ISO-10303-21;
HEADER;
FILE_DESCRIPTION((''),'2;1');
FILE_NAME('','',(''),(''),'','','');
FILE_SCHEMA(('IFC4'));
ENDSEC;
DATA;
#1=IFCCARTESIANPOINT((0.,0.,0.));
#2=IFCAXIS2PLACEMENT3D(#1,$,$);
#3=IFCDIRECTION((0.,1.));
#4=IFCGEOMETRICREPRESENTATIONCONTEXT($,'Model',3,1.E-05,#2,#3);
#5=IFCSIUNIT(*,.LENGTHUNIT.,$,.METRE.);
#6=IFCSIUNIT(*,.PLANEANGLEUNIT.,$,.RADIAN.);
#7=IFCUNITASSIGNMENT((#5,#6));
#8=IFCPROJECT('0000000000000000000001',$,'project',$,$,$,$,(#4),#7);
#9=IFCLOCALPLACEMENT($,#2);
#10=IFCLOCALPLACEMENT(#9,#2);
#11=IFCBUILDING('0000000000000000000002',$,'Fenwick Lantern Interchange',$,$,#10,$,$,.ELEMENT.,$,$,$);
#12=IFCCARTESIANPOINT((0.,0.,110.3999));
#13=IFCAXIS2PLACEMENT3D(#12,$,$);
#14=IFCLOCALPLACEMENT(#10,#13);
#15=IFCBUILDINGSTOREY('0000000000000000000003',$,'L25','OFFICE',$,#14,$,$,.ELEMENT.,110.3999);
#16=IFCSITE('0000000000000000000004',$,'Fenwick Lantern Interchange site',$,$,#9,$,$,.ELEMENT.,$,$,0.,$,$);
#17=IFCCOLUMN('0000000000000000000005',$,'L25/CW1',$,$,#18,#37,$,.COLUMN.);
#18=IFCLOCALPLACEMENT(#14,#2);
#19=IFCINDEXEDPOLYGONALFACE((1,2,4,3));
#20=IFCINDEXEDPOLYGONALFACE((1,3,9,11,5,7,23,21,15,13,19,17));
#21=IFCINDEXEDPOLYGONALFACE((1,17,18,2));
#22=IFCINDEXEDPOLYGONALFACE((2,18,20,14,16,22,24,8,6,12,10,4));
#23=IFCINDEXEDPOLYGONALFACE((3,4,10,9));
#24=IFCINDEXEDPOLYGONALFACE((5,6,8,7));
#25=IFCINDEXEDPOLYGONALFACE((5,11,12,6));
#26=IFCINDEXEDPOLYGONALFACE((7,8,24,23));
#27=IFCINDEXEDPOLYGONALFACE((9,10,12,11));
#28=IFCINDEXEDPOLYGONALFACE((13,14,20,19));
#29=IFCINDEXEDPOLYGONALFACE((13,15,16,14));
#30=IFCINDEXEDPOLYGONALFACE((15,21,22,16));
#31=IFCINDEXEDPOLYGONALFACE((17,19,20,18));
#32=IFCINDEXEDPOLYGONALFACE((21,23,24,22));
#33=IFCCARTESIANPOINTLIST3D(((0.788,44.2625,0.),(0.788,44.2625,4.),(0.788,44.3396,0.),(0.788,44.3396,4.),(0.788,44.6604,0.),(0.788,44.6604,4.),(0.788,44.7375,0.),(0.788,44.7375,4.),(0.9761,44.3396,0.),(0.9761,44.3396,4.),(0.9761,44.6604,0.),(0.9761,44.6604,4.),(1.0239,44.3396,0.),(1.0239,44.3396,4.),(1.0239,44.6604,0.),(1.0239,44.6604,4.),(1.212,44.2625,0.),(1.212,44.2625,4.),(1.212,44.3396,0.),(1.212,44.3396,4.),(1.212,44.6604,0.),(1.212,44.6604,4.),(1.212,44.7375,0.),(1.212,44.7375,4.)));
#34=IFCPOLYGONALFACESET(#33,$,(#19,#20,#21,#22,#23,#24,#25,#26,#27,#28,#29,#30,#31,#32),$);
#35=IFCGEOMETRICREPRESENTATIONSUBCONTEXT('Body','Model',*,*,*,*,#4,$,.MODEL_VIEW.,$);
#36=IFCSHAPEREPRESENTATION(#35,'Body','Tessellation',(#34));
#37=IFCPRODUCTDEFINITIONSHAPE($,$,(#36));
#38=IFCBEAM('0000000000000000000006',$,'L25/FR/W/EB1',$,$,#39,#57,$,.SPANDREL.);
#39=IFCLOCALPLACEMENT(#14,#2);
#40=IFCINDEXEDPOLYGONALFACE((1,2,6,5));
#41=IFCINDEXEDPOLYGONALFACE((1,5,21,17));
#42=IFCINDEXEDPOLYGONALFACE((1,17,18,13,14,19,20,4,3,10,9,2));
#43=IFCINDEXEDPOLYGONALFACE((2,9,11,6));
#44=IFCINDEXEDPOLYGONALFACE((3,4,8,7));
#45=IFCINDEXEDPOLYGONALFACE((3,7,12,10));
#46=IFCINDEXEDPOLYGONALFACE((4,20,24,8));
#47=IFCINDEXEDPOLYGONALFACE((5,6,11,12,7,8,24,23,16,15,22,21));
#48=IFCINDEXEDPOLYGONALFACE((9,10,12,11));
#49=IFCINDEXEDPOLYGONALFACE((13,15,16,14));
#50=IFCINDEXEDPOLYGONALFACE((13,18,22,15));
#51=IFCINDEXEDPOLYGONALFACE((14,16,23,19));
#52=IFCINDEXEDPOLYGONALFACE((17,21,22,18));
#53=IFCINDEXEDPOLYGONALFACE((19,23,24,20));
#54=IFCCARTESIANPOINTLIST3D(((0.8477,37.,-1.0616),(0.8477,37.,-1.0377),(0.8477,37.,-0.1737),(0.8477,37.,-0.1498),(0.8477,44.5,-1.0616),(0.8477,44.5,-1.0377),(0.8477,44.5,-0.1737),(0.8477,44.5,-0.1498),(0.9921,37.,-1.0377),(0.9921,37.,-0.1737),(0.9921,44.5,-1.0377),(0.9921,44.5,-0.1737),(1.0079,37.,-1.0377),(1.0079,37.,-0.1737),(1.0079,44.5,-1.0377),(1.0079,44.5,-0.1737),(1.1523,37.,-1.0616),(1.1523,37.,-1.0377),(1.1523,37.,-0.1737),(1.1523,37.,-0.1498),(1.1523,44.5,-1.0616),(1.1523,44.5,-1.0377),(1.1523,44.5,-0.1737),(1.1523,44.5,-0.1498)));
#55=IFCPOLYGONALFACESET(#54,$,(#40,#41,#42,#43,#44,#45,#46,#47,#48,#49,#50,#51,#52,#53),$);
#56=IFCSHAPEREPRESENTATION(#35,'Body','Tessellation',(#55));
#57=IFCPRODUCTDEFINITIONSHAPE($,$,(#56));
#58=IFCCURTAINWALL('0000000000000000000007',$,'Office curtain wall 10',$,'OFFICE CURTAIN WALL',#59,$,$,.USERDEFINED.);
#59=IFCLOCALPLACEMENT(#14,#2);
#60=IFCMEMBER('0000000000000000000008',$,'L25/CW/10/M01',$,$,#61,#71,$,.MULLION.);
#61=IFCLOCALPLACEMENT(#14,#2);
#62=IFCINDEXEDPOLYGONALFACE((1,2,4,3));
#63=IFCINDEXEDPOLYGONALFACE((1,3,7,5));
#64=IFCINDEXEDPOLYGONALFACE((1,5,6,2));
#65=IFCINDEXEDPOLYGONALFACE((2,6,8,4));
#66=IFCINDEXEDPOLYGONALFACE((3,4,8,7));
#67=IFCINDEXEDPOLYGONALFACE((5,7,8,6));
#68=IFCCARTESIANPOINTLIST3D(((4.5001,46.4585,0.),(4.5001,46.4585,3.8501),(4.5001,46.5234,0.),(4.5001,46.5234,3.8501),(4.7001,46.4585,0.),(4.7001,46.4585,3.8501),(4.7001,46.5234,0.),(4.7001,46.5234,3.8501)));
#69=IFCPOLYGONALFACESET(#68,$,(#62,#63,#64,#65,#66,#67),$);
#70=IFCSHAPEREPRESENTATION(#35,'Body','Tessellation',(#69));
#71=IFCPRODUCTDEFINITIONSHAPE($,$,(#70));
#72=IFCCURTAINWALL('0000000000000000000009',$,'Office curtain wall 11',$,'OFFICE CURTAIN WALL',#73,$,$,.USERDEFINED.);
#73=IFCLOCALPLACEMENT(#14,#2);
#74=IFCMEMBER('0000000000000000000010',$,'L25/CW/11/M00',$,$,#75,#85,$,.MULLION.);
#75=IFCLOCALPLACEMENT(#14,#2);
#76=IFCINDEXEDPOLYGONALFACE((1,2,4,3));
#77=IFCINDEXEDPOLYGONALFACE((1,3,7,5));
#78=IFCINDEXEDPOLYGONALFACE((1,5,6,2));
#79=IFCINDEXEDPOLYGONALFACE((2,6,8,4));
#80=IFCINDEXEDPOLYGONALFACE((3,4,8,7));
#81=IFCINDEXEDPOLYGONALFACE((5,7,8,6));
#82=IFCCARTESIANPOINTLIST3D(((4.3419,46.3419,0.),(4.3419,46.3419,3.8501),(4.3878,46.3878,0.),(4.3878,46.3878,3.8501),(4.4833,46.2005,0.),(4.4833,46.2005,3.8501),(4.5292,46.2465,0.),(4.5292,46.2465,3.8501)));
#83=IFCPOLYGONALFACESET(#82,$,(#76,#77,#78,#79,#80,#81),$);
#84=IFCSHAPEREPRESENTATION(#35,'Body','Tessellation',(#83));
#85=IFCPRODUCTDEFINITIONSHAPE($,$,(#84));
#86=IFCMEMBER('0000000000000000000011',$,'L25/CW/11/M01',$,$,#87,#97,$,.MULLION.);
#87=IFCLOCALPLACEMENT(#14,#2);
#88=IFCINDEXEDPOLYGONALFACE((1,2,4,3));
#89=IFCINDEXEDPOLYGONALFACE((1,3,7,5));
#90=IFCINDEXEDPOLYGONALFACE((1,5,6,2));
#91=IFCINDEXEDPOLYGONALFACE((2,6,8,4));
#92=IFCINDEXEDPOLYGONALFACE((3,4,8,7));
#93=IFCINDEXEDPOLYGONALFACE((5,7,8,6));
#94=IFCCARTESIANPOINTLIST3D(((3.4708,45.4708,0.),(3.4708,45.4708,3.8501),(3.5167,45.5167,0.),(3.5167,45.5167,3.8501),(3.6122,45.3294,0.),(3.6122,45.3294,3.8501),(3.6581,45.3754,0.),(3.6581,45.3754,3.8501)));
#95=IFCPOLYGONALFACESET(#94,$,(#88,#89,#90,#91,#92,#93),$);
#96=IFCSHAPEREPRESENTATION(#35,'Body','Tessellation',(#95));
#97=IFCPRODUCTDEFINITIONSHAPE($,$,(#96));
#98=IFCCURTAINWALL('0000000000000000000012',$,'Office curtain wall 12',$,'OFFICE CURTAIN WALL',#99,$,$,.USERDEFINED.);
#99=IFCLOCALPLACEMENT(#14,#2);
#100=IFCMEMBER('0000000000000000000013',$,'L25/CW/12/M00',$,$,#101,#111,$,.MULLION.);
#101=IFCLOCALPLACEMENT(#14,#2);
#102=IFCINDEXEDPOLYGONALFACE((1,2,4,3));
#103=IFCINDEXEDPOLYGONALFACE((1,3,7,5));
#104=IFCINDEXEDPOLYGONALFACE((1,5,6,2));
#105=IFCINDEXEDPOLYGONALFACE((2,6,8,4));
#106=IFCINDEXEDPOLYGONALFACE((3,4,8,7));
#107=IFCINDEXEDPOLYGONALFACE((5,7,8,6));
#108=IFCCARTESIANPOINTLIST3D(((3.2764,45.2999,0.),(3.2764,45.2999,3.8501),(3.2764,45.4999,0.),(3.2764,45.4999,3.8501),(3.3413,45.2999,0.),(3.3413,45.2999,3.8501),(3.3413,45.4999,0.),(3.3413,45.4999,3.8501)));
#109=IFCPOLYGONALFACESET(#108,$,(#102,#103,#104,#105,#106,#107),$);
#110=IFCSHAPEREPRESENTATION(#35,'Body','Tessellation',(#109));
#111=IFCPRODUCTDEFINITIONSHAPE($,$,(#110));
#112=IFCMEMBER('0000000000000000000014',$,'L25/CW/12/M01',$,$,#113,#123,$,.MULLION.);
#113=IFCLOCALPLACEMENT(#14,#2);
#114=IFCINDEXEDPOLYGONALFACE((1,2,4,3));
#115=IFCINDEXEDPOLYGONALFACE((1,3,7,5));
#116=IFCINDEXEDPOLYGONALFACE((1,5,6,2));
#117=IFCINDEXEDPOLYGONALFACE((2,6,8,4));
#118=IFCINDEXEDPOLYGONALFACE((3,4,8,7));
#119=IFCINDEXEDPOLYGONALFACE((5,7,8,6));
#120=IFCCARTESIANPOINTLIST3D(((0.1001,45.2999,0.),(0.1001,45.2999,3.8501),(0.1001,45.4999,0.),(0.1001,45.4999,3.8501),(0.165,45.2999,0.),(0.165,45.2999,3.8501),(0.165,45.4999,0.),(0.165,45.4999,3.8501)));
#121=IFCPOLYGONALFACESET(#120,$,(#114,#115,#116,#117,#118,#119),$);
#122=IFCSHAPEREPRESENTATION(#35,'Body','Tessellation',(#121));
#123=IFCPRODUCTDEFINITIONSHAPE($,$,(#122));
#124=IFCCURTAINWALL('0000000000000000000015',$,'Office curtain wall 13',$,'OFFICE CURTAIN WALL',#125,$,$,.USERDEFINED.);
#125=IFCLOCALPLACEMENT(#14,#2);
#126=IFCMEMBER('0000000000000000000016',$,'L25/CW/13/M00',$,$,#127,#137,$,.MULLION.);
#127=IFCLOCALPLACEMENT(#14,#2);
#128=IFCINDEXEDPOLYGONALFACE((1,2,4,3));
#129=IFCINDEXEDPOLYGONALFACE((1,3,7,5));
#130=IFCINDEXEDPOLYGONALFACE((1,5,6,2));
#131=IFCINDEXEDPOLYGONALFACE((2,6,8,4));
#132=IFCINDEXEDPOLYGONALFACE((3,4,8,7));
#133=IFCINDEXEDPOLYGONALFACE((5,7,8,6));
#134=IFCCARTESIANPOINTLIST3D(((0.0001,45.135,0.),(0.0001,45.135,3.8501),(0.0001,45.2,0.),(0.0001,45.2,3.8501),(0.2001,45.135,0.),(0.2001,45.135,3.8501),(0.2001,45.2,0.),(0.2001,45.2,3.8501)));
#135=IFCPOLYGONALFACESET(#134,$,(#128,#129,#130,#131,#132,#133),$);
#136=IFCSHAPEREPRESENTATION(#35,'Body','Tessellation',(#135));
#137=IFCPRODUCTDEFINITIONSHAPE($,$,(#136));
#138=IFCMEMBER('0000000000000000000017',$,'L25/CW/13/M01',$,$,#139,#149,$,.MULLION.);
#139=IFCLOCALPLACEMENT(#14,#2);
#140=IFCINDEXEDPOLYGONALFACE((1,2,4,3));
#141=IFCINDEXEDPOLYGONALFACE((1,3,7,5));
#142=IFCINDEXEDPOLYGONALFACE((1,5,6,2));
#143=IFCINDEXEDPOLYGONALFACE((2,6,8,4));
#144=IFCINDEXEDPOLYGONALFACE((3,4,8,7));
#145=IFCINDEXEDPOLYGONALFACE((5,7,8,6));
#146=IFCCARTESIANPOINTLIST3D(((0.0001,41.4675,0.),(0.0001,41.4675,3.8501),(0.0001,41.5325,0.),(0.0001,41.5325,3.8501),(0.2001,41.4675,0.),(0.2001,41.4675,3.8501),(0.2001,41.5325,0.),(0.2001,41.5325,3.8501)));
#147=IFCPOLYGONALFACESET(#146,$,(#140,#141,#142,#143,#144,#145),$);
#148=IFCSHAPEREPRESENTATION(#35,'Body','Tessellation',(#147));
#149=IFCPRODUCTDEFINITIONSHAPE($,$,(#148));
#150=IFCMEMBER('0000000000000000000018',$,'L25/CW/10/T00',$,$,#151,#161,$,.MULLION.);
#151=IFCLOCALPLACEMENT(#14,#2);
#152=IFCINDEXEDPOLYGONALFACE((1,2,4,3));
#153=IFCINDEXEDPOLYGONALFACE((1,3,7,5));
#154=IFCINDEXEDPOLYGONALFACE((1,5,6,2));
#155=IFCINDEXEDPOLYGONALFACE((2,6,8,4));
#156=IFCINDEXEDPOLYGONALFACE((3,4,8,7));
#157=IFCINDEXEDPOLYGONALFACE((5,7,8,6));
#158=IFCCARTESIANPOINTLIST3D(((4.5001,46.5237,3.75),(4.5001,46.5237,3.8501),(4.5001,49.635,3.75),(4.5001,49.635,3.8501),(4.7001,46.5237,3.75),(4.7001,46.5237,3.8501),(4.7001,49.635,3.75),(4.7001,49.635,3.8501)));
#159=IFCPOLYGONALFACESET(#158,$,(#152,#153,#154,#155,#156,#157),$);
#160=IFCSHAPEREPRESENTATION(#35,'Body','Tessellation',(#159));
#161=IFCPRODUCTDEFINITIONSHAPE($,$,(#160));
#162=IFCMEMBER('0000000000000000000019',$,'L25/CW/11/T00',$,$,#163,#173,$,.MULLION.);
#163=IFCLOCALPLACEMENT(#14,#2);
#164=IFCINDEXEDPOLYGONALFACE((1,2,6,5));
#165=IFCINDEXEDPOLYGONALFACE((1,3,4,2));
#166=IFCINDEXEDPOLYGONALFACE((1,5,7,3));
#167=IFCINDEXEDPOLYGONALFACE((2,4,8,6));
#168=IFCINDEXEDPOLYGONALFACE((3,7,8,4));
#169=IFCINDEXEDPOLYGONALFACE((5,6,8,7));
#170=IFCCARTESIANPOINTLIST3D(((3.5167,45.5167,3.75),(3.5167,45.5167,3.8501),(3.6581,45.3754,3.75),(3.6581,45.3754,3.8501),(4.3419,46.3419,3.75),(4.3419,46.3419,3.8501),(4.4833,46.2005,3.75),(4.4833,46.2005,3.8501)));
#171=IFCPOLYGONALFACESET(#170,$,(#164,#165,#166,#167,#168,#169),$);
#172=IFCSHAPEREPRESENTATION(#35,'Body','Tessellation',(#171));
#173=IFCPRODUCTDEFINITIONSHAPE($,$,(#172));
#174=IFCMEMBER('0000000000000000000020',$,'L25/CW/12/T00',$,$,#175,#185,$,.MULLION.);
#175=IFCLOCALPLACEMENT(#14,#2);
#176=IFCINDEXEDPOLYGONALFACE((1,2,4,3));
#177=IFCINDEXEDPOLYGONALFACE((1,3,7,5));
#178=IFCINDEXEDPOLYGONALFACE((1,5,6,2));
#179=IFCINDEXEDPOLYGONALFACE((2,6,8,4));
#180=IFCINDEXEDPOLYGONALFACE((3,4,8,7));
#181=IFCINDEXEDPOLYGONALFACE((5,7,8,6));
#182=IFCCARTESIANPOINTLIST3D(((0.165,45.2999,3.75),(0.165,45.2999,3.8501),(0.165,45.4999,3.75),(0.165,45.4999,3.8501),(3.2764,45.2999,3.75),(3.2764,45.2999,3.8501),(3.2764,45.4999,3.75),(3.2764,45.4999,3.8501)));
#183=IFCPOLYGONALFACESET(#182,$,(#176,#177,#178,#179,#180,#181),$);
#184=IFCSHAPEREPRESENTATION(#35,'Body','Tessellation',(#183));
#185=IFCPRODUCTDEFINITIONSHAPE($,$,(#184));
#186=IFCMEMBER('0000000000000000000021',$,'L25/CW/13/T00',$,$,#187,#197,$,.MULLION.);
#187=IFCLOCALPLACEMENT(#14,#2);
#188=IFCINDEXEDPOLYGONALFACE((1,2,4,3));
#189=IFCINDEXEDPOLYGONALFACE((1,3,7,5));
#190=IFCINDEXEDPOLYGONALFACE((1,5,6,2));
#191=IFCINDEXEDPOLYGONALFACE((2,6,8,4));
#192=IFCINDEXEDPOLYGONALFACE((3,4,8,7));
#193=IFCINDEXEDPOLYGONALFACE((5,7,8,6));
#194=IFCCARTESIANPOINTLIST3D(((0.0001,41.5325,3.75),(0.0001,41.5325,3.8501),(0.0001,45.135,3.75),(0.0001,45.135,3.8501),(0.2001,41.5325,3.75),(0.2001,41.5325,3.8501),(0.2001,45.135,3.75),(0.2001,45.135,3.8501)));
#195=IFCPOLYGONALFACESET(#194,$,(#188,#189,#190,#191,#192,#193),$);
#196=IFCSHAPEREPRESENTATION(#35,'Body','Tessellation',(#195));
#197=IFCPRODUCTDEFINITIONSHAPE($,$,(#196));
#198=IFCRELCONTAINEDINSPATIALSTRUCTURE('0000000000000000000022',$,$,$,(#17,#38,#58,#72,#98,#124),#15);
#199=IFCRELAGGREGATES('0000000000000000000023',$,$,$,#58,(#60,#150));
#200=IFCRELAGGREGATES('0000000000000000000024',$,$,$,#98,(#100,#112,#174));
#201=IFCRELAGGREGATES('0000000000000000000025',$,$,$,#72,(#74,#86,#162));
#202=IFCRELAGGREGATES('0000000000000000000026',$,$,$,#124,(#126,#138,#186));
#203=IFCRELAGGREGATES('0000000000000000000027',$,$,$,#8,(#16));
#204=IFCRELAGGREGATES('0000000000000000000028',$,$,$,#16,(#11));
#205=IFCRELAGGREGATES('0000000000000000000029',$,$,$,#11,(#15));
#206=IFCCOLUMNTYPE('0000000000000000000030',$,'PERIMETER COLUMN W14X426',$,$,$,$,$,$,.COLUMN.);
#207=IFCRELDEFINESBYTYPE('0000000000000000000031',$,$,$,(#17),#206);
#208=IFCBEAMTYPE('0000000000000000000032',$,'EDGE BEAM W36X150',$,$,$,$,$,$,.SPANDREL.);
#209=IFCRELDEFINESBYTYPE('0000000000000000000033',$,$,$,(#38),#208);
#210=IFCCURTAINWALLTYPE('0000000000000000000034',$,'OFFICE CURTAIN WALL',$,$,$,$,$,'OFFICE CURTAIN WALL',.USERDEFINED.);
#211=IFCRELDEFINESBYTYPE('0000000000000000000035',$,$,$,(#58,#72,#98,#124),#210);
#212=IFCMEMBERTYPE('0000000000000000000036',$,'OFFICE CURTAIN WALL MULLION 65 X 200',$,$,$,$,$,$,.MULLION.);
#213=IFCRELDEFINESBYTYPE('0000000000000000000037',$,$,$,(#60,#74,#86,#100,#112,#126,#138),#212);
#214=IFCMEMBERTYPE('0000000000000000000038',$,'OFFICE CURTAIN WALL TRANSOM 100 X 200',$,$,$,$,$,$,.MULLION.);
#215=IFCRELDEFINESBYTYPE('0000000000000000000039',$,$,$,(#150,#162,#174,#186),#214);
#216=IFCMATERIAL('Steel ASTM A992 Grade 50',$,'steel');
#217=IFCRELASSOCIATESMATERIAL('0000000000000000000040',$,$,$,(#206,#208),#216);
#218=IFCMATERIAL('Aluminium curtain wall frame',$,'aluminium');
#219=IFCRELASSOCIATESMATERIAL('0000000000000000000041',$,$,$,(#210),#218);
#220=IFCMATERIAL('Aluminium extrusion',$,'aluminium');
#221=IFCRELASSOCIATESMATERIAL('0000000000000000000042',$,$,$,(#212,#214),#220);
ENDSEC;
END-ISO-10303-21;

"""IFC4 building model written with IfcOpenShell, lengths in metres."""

from ifc_helpers import new_model, si_unit, direction, frame, origin, origin_2d, place, context, subcontext, project, spatial, rectangle, i_section, extrude, material, material_profile, profile_set, type_object, element, aggregate, save


model = new_model("IFC4")

# Units and contexts
model_context = context("Model", 3, precision=1e-05, world=origin(), true_north=direction((0.0, 1.0)))
body_context = subcontext(model_context, "Body", "Model", "MODEL_VIEW")
ifc_project = project(units=[si_unit("LENGTHUNIT", "METRE"), si_unit("PLANEANGLEUNIT", "RADIAN")], contexts=[model_context])

# Site, building, storey
site_placement = place(None, origin())
site = spatial("IfcSite", under=ifc_project, at=site_placement, Name="Fenwick Lantern Interchange site", CompositionType="ELEMENT", RefElevation=0.0)
building_placement = place(site_placement, origin())
building = spatial("IfcBuilding", under=site, at=building_placement, Name="Fenwick Lantern Interchange", CompositionType="ELEMENT")
storey_placement = place(building_placement, frame((0.0, 0.0, 110.3999)))
storey = spatial("IfcBuildingStorey", under=building, at=storey_placement, Name="L25", Description="OFFICE", CompositionType="ELEMENT", Elevation=110.3999)

# Column
ifc_material_1 = material(Name="Steel ASTM A992 Grade 50", Category="steel")
ifc_material_profile_1 = material_profile(ifc_material_1, i_section(OverallWidth=0.4241, OverallDepth=0.4751, WebThickness=0.0479, FlangeThickness=0.0771, at=origin_2d()), Name="W14X426")
ifc_profile_set_1 = profile_set([ifc_material_profile_1], Name="Steel ASTM A992 Grade 50")
column_type = type_object("IfcColumnType", Name="PERIMETER COLUMN W14X426", PredefinedType="COLUMN", material=ifc_profile_set_1)
column_placement = place(storey_placement, frame((1.0, 44.5, 0.0), z_axis=(0.0, 0.0, 1.0), x_axis=(1.0, 0.0, 0.0)))
element("IfcColumn", 1, at=column_placement, inside=storey, type_object=column_type, Name="L25/CW1", PredefinedType="COLUMN", context=body_context, shape_type="SweptSolid", body=[
    extrude(i_section(OverallWidth=0.4241, OverallDepth=0.4751, WebThickness=0.0479, FlangeThickness=0.0771, at=origin_2d()), origin(), (0.0, 0.0, 1.0), 4.0),
])

# Beam
ifc_material_profile_2 = material_profile(ifc_material_1, i_section(OverallWidth=0.3047, OverallDepth=0.9119, WebThickness=0.0159, FlangeThickness=0.0239, at=origin_2d()), Name="W36X150")
ifc_profile_set_2 = profile_set([ifc_material_profile_2], Name="Steel ASTM A992 Grade 50")
beam_type = type_object("IfcBeamType", Name="EDGE BEAM W36X150", PredefinedType="SPANDREL", material=ifc_profile_set_2)
beam_placement = place(storey_placement, frame((1.0, 44.5, -0.6057), z_axis=(0.0, -1.0, 0.0), x_axis=(1.0, 0.0, 0.0)))
element("IfcBeam", 2, at=beam_placement, inside=storey, type_object=beam_type, Name="L25/FR/W/EB1", PredefinedType="SPANDREL", context=body_context, shape_type="SweptSolid", body=[
    extrude(i_section(OverallWidth=0.3047, OverallDepth=0.9119, WebThickness=0.0159, FlangeThickness=0.0239, at=origin_2d()), origin(), (0.0, 0.0, 1.0), 7.5),
])

# Curtain wall, member
ifc_material_2 = material(Name="Aluminium curtain wall frame", Category="aluminium")
curtain_wall_type = type_object("IfcCurtainWallType", Name="OFFICE CURTAIN WALL", ElementType="OFFICE CURTAIN WALL", PredefinedType="USERDEFINED", material=ifc_material_2)
curtain_wall_1_placement = place(storey_placement, origin())
curtain_wall_1 = element("IfcCurtainWall", 3, at=curtain_wall_1_placement, inside=storey, type_object=curtain_wall_type, Name="Office curtain wall 10", ObjectType="OFFICE CURTAIN WALL", PredefinedType="USERDEFINED")
ifc_material_3 = material(Name="Aluminium extrusion", Category="aluminium")
ifc_material_profile_3 = material_profile(ifc_material_3, rectangle(XDim=0.2, YDim=0.0649, at=origin_2d()), Name="OFFICE CURTAIN WALL MULLION 65 X 200")
ifc_profile_set_3 = profile_set([ifc_material_profile_3], Name="Aluminium extrusion")
member_type_1 = type_object("IfcMemberType", Name="OFFICE CURTAIN WALL MULLION 65 X 200", PredefinedType="MULLION", material=ifc_profile_set_3)
member_1_placement = place(storey_placement, frame((4.6001, 46.491, 0.0), z_axis=(0.0, 0.0, 1.0), x_axis=(1.0, 0.0, 0.0)))
member_1 = element("IfcMember", 4, at=member_1_placement, type_object=member_type_1, Name="L25/CW/10/M01", PredefinedType="MULLION", context=body_context, shape_type="SweptSolid", body=[
    extrude(rectangle(XDim=0.2, YDim=0.0649, at=origin_2d()), origin(), (0.0, 0.0, 1.0), 3.8501),
])

# Curtain walls, members
curtain_wall_2_placement = place(storey_placement, origin())
curtain_wall_2 = element("IfcCurtainWall", 5, at=curtain_wall_2_placement, inside=storey, type_object=curtain_wall_type, Name="Office curtain wall 11", ObjectType="OFFICE CURTAIN WALL", PredefinedType="USERDEFINED")
member_2_placement = place(storey_placement, frame((4.4355, 46.2942, 0.0), z_axis=(0.0, 0.0, 1.0), x_axis=(0.707107, -0.707107, 0.0)))
member_2 = element("IfcMember", 6, at=member_2_placement, type_object=member_type_1, Name="L25/CW/11/M00", PredefinedType="MULLION", context=body_context, shape_type="SweptSolid", body=[
    extrude(rectangle(XDim=0.2, YDim=0.0649, at=origin_2d()), origin(), (0.0, 0.0, 1.0), 3.8501),
])
member_3_placement = place(storey_placement, frame((3.5645, 45.4231, 0.0), z_axis=(0.0, 0.0, 1.0), x_axis=(0.707107, -0.707107, 0.0)))
member_3 = element("IfcMember", 7, at=member_3_placement, type_object=member_type_1, Name="L25/CW/11/M01", PredefinedType="MULLION", context=body_context, shape_type="SweptSolid", body=[
    extrude(rectangle(XDim=0.2, YDim=0.0649, at=origin_2d()), origin(), (0.0, 0.0, 1.0), 3.8501),
])
curtain_wall_3_placement = place(storey_placement, origin())
curtain_wall_3 = element("IfcCurtainWall", 8, at=curtain_wall_3_placement, inside=storey, type_object=curtain_wall_type, Name="Office curtain wall 12", ObjectType="OFFICE CURTAIN WALL", PredefinedType="USERDEFINED")
member_4_placement = place(storey_placement, frame((3.3088, 45.3999, 0.0), z_axis=(0.0, 0.0, 1.0), x_axis=(0.0, -1.0, 0.0)))
member_4 = element("IfcMember", 9, at=member_4_placement, type_object=member_type_1, Name="L25/CW/12/M00", PredefinedType="MULLION", context=body_context, shape_type="SweptSolid", body=[
    extrude(rectangle(XDim=0.2, YDim=0.0649, at=origin_2d()), origin(), (0.0, 0.0, 1.0), 3.8501),
])
member_5_placement = place(storey_placement, frame((0.1326, 45.3999, 0.0), z_axis=(0.0, 0.0, 1.0), x_axis=(0.0, -1.0, 0.0)))
member_5 = element("IfcMember", 10, at=member_5_placement, type_object=member_type_1, Name="L25/CW/12/M01", PredefinedType="MULLION", context=body_context, shape_type="SweptSolid", body=[
    extrude(rectangle(XDim=0.2, YDim=0.0649, at=origin_2d()), origin(), (0.0, 0.0, 1.0), 3.8501),
])
curtain_wall_4_placement = place(storey_placement, origin())
curtain_wall_4 = element("IfcCurtainWall", 11, at=curtain_wall_4_placement, inside=storey, type_object=curtain_wall_type, Name="Office curtain wall 13", ObjectType="OFFICE CURTAIN WALL", PredefinedType="USERDEFINED")
member_6_placement = place(storey_placement, frame((0.1001, 45.1675, 0.0), z_axis=(0.0, 0.0, 1.0), x_axis=(1.0, 0.0, 0.0)))
member_6 = element("IfcMember", 12, at=member_6_placement, type_object=member_type_1, Name="L25/CW/13/M00", PredefinedType="MULLION", context=body_context, shape_type="SweptSolid", body=[
    extrude(rectangle(XDim=0.2, YDim=0.0649, at=origin_2d()), origin(), (0.0, 0.0, 1.0), 3.8501),
])
member_7_placement = place(storey_placement, frame((0.1001, 41.5, 0.0), z_axis=(0.0, 0.0, 1.0), x_axis=(1.0, 0.0, 0.0)))
member_7 = element("IfcMember", 13, at=member_7_placement, type_object=member_type_1, Name="L25/CW/13/M01", PredefinedType="MULLION", context=body_context, shape_type="SweptSolid", body=[
    extrude(rectangle(XDim=0.2, YDim=0.0649, at=origin_2d()), origin(), (0.0, 0.0, 1.0), 3.8501),
])

# Members
ifc_material_profile_4 = material_profile(ifc_material_3, rectangle(XDim=0.2, YDim=0.1001, at=origin_2d()), Name="OFFICE CURTAIN WALL TRANSOM 100 X 200")
ifc_profile_set_4 = profile_set([ifc_material_profile_4], Name="Aluminium extrusion")
member_type_2 = type_object("IfcMemberType", Name="OFFICE CURTAIN WALL TRANSOM 100 X 200", PredefinedType="MULLION", material=ifc_profile_set_4)
member_8_placement = place(storey_placement, frame((4.6001, 49.635, 3.8), z_axis=(0.0, -1.0, 0.0), x_axis=(1.0, 0.0, 0.0)))
member_8 = element("IfcMember", 14, at=member_8_placement, type_object=member_type_2, Name="L25/CW/10/T00", PredefinedType="MULLION", context=body_context, shape_type="SweptSolid", body=[
    extrude(rectangle(XDim=0.2, YDim=0.1001, at=origin_2d()), origin(), (0.0, 0.0, 1.0), 3.1113),
])
aggregate(curtain_wall_1, [member_1, member_8])
member_9_placement = place(storey_placement, frame((4.4126, 46.2712, 3.8), z_axis=(-0.707107, -0.707107, 0.0), x_axis=(0.707107, -0.707107, 0.0)))
member_9 = element("IfcMember", 15, at=member_9_placement, type_object=member_type_2, Name="L25/CW/11/T00", PredefinedType="MULLION", context=body_context, shape_type="SweptSolid", body=[
    extrude(rectangle(XDim=0.2, YDim=0.1001, at=origin_2d()), origin(), (0.0, 0.0, 1.0), 1.167),
])
member_10_placement = place(storey_placement, frame((3.2764, 45.3999, 3.8), z_axis=(-1.0, 0.0, 0.0), x_axis=(0.0, -1.0, 0.0)))
member_10 = element("IfcMember", 16, at=member_10_placement, type_object=member_type_2, Name="L25/CW/12/T00", PredefinedType="MULLION", context=body_context, shape_type="SweptSolid", body=[
    extrude(rectangle(XDim=0.2, YDim=0.1001, at=origin_2d()), origin(), (0.0, 0.0, 1.0), 3.1113),
])
aggregate(curtain_wall_3, [member_4, member_5, member_10])
member_11_placement = place(storey_placement, frame((0.1001, 45.135, 3.8), z_axis=(0.0, -1.0, 0.0), x_axis=(1.0, 0.0, 0.0)))
member_11 = element("IfcMember", 17, at=member_11_placement, type_object=member_type_2, Name="L25/CW/13/T00", PredefinedType="MULLION", context=body_context, shape_type="SweptSolid", body=[
    extrude(rectangle(XDim=0.2, YDim=0.1001, at=origin_2d()), origin(), (0.0, 0.0, 1.0), 3.6025),
])

aggregate(curtain_wall_2, [member_2, member_3, member_9])
aggregate(curtain_wall_4, [member_6, member_7, member_11])

save(model, "model.ifc")
